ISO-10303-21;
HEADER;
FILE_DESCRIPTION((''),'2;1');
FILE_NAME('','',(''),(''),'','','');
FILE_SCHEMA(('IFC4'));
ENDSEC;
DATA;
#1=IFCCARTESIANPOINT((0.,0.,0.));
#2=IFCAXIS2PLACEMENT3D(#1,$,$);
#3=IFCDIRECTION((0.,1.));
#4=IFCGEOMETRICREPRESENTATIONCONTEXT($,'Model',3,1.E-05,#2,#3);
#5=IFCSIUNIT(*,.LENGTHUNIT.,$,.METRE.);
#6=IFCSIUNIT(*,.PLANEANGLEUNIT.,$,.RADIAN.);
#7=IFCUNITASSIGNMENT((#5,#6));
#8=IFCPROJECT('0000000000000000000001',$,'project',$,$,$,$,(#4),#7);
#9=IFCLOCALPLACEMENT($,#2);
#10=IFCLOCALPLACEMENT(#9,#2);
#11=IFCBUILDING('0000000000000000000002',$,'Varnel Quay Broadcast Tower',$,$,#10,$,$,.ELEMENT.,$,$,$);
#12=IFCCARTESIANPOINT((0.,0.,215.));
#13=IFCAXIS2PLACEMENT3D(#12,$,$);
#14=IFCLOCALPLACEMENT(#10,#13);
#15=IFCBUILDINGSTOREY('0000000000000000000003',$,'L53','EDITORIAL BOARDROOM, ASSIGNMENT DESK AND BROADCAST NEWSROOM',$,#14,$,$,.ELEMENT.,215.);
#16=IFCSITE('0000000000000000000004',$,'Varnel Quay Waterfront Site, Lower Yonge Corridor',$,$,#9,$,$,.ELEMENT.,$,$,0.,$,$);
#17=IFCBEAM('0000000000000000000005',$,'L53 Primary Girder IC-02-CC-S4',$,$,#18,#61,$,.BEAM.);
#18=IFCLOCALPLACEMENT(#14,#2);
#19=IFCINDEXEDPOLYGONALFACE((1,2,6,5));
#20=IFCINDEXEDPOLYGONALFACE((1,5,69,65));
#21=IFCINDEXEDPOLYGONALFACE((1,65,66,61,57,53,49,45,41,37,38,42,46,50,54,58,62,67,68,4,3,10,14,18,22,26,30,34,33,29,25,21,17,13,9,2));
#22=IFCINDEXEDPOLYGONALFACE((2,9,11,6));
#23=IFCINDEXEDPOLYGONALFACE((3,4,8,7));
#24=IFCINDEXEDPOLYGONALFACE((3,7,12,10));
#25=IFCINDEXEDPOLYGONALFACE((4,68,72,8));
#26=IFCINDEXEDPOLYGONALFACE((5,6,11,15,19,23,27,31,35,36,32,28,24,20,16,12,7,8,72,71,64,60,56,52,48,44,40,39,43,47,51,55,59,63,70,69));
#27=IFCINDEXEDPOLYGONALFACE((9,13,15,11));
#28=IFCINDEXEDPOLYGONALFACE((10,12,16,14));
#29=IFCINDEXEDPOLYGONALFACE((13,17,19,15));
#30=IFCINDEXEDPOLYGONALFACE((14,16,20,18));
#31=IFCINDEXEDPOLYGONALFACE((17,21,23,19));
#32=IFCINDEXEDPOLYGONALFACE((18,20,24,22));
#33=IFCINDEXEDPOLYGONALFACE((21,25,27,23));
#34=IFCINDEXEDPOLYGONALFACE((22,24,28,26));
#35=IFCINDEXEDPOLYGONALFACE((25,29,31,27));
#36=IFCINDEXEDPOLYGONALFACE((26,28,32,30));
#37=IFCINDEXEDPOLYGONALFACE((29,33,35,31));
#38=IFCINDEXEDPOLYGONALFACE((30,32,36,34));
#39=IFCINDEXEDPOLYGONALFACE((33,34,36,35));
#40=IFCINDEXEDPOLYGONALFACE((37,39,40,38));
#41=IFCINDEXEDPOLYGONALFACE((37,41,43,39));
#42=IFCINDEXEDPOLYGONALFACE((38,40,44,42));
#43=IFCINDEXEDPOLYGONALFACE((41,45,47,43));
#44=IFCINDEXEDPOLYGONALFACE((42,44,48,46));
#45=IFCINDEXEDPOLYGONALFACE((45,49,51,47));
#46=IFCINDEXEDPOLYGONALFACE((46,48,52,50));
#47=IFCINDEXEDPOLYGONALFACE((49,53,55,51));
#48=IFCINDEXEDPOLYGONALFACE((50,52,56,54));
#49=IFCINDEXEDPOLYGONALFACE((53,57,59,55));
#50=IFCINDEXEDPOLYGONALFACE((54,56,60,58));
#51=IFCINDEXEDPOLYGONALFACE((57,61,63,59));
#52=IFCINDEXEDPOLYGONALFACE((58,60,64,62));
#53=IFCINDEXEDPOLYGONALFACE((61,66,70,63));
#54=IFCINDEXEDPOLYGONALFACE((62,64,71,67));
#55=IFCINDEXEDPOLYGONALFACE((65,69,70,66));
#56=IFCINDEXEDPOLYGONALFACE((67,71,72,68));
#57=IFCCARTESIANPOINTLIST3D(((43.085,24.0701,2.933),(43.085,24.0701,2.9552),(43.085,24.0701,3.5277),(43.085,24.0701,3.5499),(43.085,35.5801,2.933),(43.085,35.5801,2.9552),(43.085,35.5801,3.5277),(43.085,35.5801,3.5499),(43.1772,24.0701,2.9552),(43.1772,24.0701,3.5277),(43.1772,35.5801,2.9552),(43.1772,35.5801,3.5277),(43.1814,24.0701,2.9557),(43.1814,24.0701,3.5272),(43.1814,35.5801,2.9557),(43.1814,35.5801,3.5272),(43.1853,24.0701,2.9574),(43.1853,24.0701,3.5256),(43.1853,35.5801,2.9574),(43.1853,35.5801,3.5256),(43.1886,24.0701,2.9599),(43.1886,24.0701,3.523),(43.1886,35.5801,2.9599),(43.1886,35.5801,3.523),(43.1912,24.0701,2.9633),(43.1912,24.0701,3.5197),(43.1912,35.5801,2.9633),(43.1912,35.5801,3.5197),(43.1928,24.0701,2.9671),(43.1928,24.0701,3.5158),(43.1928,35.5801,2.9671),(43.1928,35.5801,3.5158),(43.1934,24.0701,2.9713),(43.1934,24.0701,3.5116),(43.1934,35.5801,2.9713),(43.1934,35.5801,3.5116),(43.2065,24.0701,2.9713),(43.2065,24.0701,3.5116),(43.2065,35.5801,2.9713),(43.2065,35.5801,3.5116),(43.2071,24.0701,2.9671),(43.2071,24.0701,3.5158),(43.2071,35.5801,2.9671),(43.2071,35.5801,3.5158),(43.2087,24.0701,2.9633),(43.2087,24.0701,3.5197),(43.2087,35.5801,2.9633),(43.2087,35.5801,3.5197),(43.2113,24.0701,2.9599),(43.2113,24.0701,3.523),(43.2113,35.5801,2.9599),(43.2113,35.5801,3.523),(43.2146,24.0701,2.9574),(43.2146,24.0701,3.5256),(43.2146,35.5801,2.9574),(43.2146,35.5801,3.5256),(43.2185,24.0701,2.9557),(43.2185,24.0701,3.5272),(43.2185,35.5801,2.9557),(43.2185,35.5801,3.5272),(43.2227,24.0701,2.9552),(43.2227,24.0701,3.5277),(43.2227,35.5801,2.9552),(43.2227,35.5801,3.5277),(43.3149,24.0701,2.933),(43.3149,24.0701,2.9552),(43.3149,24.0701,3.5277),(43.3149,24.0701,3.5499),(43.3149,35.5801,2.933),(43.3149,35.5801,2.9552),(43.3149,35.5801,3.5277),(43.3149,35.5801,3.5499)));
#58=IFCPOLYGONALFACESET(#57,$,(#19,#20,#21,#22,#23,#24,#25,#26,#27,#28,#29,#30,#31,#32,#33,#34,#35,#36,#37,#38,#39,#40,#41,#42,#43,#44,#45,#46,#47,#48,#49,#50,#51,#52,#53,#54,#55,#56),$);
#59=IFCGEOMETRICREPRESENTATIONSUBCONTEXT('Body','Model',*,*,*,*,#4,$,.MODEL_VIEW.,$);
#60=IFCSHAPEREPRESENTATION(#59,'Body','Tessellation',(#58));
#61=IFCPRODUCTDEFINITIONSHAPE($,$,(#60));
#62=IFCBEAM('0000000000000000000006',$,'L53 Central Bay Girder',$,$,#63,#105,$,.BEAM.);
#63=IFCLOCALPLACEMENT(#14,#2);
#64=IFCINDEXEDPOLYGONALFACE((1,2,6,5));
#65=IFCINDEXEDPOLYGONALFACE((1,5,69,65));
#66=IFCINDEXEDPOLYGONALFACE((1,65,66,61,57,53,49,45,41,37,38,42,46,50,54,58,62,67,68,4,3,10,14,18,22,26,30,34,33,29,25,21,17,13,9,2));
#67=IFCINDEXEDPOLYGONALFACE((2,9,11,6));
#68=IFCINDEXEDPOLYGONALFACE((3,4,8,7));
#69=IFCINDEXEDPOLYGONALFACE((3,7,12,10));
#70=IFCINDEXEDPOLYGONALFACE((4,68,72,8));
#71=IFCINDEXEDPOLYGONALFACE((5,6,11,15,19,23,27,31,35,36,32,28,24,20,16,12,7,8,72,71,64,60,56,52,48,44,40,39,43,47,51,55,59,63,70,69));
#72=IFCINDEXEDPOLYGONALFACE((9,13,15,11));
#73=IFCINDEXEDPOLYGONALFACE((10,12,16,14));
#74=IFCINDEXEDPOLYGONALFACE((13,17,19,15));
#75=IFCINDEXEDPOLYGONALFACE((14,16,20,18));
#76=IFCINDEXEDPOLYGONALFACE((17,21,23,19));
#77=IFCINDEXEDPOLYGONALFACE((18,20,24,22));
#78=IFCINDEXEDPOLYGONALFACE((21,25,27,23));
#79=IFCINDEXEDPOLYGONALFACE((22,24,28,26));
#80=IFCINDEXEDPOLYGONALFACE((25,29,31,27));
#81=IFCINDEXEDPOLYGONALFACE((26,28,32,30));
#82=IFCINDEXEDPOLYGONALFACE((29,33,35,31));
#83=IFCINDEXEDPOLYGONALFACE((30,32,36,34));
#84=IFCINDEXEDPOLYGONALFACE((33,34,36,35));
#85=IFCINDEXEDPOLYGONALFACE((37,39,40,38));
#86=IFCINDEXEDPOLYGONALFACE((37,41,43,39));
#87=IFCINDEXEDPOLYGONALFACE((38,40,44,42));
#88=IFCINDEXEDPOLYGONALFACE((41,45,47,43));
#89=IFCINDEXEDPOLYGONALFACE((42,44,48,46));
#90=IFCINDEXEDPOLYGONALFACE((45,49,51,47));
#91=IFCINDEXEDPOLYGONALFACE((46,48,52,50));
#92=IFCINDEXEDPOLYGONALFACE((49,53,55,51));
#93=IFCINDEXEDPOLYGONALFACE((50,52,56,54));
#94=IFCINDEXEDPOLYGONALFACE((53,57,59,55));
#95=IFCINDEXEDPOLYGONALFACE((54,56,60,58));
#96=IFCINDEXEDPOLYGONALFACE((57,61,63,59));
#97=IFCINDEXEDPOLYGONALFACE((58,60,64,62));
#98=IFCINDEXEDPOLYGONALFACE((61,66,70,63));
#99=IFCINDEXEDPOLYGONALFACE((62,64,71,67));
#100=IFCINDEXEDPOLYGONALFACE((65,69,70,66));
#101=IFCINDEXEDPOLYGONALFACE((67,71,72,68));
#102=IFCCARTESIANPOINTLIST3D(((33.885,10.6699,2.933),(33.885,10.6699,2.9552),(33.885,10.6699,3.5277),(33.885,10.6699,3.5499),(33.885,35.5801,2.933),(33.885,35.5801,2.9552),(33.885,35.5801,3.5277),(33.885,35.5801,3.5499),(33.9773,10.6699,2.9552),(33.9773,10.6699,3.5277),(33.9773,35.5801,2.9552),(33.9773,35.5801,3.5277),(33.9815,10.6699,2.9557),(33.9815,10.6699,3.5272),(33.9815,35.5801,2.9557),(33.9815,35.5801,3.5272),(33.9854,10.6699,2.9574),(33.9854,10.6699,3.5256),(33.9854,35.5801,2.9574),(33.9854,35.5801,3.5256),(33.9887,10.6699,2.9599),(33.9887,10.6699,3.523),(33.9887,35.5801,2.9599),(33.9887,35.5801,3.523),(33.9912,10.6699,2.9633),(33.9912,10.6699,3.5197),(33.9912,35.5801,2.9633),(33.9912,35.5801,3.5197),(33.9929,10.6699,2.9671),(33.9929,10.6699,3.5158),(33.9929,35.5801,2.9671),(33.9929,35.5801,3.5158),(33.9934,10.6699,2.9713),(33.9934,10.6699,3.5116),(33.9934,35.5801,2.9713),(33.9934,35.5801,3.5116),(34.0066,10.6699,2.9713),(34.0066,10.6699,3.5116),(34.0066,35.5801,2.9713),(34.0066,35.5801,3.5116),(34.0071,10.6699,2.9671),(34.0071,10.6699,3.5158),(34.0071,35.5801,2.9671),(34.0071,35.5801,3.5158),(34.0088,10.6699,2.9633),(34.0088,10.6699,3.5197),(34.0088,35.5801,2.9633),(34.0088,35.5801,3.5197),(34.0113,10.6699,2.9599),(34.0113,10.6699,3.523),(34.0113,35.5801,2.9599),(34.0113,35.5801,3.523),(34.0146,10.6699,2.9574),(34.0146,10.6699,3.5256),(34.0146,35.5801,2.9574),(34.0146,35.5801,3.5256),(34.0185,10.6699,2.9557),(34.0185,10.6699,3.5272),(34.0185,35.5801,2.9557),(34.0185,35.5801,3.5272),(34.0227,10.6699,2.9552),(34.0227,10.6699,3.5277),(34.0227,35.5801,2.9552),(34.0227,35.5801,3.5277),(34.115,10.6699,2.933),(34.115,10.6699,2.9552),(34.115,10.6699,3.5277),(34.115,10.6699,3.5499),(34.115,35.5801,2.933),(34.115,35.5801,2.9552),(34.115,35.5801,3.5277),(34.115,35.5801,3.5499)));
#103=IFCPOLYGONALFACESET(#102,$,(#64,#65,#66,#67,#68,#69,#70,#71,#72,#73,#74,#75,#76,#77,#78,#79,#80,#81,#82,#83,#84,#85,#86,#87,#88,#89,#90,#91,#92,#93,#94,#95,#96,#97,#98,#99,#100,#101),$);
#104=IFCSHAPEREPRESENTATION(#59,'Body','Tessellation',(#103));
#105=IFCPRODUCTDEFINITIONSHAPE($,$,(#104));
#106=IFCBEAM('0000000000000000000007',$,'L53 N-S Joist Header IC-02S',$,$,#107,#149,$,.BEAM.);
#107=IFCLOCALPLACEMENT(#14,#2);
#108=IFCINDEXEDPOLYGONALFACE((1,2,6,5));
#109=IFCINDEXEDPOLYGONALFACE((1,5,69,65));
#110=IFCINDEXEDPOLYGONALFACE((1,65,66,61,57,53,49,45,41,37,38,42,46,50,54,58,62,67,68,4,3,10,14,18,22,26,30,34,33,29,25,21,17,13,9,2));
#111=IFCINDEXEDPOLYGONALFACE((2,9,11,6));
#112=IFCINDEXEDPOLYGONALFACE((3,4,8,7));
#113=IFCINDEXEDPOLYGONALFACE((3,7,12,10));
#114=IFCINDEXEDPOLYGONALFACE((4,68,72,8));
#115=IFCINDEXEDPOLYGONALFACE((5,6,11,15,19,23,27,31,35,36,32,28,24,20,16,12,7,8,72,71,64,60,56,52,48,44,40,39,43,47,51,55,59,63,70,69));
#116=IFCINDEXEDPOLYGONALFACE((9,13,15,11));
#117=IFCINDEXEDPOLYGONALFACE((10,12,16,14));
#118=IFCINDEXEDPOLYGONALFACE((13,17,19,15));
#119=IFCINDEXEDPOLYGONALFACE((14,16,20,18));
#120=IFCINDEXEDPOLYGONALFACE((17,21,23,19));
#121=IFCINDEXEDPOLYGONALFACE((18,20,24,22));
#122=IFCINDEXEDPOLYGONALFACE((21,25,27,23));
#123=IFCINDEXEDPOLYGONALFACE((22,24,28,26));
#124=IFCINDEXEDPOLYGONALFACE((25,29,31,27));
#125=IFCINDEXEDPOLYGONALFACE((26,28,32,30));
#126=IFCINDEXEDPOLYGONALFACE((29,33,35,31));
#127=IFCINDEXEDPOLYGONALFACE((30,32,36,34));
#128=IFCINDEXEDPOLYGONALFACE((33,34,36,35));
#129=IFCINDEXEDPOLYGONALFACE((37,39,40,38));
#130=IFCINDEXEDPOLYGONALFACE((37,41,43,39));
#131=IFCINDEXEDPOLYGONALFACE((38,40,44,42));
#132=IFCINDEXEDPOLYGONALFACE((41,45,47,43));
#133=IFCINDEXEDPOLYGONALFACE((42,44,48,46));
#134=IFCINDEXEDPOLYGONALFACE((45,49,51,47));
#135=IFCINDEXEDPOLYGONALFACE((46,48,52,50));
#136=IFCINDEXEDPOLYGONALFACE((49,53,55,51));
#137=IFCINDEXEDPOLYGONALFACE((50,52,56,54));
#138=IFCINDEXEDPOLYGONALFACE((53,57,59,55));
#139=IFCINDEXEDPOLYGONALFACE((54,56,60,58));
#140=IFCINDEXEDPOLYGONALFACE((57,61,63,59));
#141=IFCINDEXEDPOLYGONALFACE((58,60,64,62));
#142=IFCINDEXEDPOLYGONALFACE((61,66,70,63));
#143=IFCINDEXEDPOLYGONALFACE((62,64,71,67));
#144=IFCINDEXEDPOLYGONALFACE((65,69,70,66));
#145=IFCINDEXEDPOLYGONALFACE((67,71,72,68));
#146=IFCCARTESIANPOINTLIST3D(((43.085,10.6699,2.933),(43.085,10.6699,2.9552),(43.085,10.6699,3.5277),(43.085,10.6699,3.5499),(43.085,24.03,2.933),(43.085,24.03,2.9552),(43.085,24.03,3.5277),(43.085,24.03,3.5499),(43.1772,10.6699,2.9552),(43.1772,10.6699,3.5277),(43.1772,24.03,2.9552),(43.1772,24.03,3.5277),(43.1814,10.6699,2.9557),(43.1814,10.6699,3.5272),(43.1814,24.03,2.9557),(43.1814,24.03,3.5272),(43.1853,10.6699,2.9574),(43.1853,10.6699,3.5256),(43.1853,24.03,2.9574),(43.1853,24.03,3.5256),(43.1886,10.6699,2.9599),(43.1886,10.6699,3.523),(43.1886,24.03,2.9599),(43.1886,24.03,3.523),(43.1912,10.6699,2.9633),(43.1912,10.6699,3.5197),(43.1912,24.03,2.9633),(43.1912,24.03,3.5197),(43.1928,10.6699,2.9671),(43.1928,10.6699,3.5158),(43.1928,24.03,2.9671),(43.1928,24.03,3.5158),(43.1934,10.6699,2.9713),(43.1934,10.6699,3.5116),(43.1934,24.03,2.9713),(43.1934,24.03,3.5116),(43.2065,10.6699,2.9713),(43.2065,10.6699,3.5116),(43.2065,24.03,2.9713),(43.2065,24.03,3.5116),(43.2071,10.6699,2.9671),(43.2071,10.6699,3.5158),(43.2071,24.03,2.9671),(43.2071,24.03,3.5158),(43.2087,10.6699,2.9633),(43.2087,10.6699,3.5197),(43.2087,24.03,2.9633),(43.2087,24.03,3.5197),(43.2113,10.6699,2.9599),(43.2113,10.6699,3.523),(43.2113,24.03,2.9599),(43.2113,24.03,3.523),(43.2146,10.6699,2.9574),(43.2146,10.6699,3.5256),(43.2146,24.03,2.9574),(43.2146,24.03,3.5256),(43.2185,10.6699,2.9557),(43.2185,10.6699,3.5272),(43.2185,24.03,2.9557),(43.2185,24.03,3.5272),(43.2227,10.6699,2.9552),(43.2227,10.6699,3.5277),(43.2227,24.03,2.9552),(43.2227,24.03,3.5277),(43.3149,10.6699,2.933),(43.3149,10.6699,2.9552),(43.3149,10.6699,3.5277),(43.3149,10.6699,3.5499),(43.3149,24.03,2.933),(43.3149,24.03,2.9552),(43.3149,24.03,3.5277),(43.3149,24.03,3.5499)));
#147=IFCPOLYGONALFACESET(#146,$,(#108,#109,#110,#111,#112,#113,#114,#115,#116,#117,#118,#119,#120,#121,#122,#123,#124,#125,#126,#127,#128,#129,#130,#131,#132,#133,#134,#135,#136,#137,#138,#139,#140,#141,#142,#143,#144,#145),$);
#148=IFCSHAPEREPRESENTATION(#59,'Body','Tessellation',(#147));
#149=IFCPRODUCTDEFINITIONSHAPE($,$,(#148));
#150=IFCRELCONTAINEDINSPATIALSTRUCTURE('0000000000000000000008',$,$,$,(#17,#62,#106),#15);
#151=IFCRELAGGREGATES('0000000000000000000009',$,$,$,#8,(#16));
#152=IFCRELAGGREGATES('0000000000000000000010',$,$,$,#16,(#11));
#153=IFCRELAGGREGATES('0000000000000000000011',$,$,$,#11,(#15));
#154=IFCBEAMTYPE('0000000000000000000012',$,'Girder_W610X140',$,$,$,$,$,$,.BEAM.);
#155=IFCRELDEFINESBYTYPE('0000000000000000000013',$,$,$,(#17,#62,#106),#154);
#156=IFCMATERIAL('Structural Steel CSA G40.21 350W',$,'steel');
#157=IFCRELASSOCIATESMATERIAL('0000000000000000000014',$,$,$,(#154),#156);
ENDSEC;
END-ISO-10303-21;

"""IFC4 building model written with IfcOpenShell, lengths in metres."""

from ifc_helpers import new_model, si_unit, direction, frame, origin, origin_2d, place, context, subcontext, project, spatial, i_section, extrude, source, transform, mapped, material, material_profile, profile_set, type_object, element, save


model = new_model("IFC4")

# Units and contexts
model_context = context("Model", 3, precision=1e-05, world=origin(), true_north=direction((0.0, 1.0)))
body_context = subcontext(model_context, "Body", "Model", "MODEL_VIEW")
ifc_project = project(units=[si_unit("LENGTHUNIT", "METRE"), si_unit("PLANEANGLEUNIT", "RADIAN")], contexts=[model_context])

# Site, building, storey
site_placement = place(None, origin())
site = spatial("IfcSite", under=ifc_project, at=site_placement, Name="Varnel Quay Waterfront Site, Lower Yonge Corridor", CompositionType="ELEMENT", RefElevation=0.0)
building_placement = place(site_placement, origin())
building = spatial("IfcBuilding", under=site, at=building_placement, Name="Varnel Quay Broadcast Tower", CompositionType="ELEMENT")
storey_placement = place(building_placement, frame((0.0, 0.0, 215.0)))
storey = spatial("IfcBuildingStorey", under=building, at=storey_placement, Name="L53", Description="EDITORIAL BOARDROOM, ASSIGNMENT DESK AND BROADCAST NEWSROOM", CompositionType="ELEMENT", Elevation=215.0)

# Shared definitions
ifc_material_1 = material(Name="Structural Steel CSA G40.21 350W", Category="steel")

# Beams
ifc_material_profile_1 = material_profile(ifc_material_1, i_section(OverallWidth=0.23, OverallDepth=0.6169, WebThickness=0.0132, FlangeThickness=0.0222, FilletRadius=0.0161, at=origin_2d()), Name="W610X140")
ifc_profile_set_1 = profile_set([ifc_material_profile_1], Name="Structural Steel CSA G40.21 350W")
beam_type_1 = type_object("IfcBeamType", Name="Girder_W610X140", PredefinedType="BEAM", material=ifc_profile_set_1)
shared_shape_1 = source(origin(), body_context, "Body", "SweptSolid", [
    extrude(i_section(OverallWidth=0.23, OverallDepth=0.6169, WebThickness=0.0132, FlangeThickness=0.0222, FilletRadius=0.0161, at=origin_2d()), origin(), (0.0, 0.0, 1.0), 11.51),
])
beam_1_placement = place(storey_placement, frame((43.2, 24.0701, 3.2415), z_axis=(0.0, 1.0, 0.0), x_axis=(-1.0, 0.0, 0.0)))
element("IfcBeam", 1, at=beam_1_placement, inside=storey, type_object=beam_type_1, Name="L53 Primary Girder IC-02-CC-S4", PredefinedType="BEAM", context=body_context, shape_type="MappedRepresentation", body=[
    mapped(shared_shape_1, transform((0.0, 0.0, 0.0), x_axis=(1.0, 0.0, 0.0), y_axis=(0.0, 1.0, 0.0), z_axis=(0.0, 0.0, 1.0), scale=1.0)),
])
shared_shape_2 = source(origin(), body_context, "Body", "SweptSolid", [
    extrude(i_section(OverallWidth=0.23, OverallDepth=0.6169, WebThickness=0.0132, FlangeThickness=0.0222, FilletRadius=0.0161, at=origin_2d()), origin(), (0.0, 0.0, 1.0), 24.9102),
])
beam_2_placement = place(storey_placement, frame((34.0, 10.6699, 3.2415), z_axis=(0.0, 1.0, 0.0), x_axis=(-1.0, 0.0, 0.0)))
element("IfcBeam", 2, at=beam_2_placement, inside=storey, type_object=beam_type_1, Name="L53 Central Bay Girder", PredefinedType="BEAM", context=body_context, shape_type="MappedRepresentation", body=[
    mapped(shared_shape_2, transform((0.0, 0.0, 0.0), x_axis=(1.0, 0.0, 0.0), y_axis=(0.0, 1.0, 0.0), z_axis=(0.0, 0.0, 1.0), scale=1.0)),
])
shared_shape_3 = source(origin(), body_context, "Body", "SweptSolid", [
    extrude(i_section(OverallWidth=0.23, OverallDepth=0.6169, WebThickness=0.0132, FlangeThickness=0.0222, FilletRadius=0.0161, at=origin_2d()), origin(), (0.0, 0.0, 1.0), 13.3601),
])
beam_3_placement = place(storey_placement, frame((43.2, 10.6699, 3.2415), z_axis=(0.0, 1.0, 0.0), x_axis=(-1.0, 0.0, 0.0)))
element("IfcBeam", 3, at=beam_3_placement, inside=storey, type_object=beam_type_1, Name="L53 N-S Joist Header IC-02S", PredefinedType="BEAM", context=body_context, shape_type="MappedRepresentation", body=[
    mapped(shared_shape_3, transform((0.0, 0.0, 0.0), x_axis=(1.0, 0.0, 0.0), y_axis=(0.0, 1.0, 0.0), z_axis=(0.0, 0.0, 1.0), scale=1.0)),
])

save(model, "model.ifc")
